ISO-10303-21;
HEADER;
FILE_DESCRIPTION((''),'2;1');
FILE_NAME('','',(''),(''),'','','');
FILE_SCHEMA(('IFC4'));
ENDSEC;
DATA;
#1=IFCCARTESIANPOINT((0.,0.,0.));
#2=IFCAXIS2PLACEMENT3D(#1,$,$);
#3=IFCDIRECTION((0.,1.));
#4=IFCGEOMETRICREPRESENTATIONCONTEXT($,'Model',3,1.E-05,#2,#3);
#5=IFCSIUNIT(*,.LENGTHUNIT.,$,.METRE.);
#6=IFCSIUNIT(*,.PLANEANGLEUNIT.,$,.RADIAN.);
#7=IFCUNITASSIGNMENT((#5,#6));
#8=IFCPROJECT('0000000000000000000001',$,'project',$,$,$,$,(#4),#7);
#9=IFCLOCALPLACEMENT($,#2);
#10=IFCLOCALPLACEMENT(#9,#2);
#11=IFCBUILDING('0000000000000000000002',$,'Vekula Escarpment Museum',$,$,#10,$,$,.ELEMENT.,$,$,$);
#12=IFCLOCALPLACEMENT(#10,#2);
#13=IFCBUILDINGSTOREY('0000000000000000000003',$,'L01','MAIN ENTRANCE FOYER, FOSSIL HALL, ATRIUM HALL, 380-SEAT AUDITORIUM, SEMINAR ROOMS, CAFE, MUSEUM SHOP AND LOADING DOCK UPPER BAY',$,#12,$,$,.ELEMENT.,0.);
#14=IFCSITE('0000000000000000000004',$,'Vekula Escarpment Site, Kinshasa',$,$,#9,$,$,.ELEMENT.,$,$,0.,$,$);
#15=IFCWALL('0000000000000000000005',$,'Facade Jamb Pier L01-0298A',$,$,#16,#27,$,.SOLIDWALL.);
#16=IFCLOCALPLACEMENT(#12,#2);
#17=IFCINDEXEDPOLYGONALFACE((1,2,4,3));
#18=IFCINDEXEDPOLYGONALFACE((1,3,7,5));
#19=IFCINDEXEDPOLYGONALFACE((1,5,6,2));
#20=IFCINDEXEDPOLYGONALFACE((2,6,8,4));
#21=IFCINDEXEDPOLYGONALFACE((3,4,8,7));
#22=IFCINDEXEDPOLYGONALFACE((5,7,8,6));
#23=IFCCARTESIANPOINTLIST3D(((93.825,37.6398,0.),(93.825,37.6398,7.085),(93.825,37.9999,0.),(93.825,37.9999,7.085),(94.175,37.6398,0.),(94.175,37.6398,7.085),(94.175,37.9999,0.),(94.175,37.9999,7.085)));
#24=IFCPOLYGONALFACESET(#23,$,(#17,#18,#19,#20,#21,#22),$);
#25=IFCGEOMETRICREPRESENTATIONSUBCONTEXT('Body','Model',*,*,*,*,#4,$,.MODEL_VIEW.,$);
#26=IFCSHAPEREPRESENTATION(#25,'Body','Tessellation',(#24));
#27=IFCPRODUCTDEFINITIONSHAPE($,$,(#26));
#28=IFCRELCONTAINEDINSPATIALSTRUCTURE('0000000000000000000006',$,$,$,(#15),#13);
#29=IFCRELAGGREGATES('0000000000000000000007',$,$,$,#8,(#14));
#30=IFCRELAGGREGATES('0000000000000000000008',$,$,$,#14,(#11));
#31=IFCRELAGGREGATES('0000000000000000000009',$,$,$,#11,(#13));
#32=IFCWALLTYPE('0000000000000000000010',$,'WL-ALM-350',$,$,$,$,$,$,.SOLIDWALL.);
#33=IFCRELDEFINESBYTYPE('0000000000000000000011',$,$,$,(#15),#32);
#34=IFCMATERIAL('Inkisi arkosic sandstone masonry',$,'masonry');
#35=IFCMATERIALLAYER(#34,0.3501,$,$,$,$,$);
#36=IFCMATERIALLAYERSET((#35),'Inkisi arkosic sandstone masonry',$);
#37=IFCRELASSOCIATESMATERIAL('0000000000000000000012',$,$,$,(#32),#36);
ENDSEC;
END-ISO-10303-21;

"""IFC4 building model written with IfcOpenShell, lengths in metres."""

from ifc_helpers import new_model, si_unit, direction, frame, frame_2d, origin, place, context, subcontext, project, spatial, rectangle, extrude, material, layer, layer_set, type_object, element, save


model = new_model("IFC4")

# Units and contexts
model_context = context("Model", 3, precision=1e-05, world=origin(), true_north=direction((0.0, 1.0)))
body_context = subcontext(model_context, "Body", "Model", "MODEL_VIEW")
ifc_project = project(units=[si_unit("LENGTHUNIT", "METRE"), si_unit("PLANEANGLEUNIT", "RADIAN")], contexts=[model_context])

# Site, building, storey
site_placement = place(None, origin())
site = spatial("IfcSite", under=ifc_project, at=site_placement, Name="Vekula Escarpment Site, Kinshasa", CompositionType="ELEMENT", RefElevation=0.0)
building_placement = place(site_placement, origin())
building = spatial("IfcBuilding", under=site, at=building_placement, Name="Vekula Escarpment Museum", CompositionType="ELEMENT")
storey_placement = place(building_placement, origin())
storey = spatial("IfcBuildingStorey", under=building, at=storey_placement, Name="L01", Description="MAIN ENTRANCE FOYER, FOSSIL HALL, ATRIUM HALL, 380-SEAT AUDITORIUM, SEMINAR ROOMS, CAFE, MUSEUM SHOP AND LOADING DOCK UPPER BAY", CompositionType="ELEMENT", Elevation=0.0)

# Wall
ifc_material_1 = material(Name="Inkisi arkosic sandstone masonry", Category="masonry")
ifc_layer_1 = layer(ifc_material_1, 0.3501)
ifc_layer_set_1 = layer_set([ifc_layer_1], Name="Inkisi arkosic sandstone masonry")
wall_type = type_object("IfcWallType", Name="WL-ALM-350", PredefinedType="SOLIDWALL", material=ifc_layer_set_1)
wall_1_placement = place(storey_placement, frame((94.0, 38.0, 0.0), z_axis=(0.0, 0.0, 1.0), x_axis=(0.0, -1.0, 0.0)))
element("IfcWall", 1, at=wall_1_placement, inside=storey, type_object=wall_type, Name="Facade Jamb Pier L01-0298A", PredefinedType="SOLIDWALL", context=body_context, shape_type="SweptSolid", body=[
    extrude(rectangle(XDim=0.3601, YDim=0.3501, at=frame_2d((0.1802, 0.0))), origin(), (0.0, 0.0, 1.0), 7.085),
])

save(model, "model.ifc")
